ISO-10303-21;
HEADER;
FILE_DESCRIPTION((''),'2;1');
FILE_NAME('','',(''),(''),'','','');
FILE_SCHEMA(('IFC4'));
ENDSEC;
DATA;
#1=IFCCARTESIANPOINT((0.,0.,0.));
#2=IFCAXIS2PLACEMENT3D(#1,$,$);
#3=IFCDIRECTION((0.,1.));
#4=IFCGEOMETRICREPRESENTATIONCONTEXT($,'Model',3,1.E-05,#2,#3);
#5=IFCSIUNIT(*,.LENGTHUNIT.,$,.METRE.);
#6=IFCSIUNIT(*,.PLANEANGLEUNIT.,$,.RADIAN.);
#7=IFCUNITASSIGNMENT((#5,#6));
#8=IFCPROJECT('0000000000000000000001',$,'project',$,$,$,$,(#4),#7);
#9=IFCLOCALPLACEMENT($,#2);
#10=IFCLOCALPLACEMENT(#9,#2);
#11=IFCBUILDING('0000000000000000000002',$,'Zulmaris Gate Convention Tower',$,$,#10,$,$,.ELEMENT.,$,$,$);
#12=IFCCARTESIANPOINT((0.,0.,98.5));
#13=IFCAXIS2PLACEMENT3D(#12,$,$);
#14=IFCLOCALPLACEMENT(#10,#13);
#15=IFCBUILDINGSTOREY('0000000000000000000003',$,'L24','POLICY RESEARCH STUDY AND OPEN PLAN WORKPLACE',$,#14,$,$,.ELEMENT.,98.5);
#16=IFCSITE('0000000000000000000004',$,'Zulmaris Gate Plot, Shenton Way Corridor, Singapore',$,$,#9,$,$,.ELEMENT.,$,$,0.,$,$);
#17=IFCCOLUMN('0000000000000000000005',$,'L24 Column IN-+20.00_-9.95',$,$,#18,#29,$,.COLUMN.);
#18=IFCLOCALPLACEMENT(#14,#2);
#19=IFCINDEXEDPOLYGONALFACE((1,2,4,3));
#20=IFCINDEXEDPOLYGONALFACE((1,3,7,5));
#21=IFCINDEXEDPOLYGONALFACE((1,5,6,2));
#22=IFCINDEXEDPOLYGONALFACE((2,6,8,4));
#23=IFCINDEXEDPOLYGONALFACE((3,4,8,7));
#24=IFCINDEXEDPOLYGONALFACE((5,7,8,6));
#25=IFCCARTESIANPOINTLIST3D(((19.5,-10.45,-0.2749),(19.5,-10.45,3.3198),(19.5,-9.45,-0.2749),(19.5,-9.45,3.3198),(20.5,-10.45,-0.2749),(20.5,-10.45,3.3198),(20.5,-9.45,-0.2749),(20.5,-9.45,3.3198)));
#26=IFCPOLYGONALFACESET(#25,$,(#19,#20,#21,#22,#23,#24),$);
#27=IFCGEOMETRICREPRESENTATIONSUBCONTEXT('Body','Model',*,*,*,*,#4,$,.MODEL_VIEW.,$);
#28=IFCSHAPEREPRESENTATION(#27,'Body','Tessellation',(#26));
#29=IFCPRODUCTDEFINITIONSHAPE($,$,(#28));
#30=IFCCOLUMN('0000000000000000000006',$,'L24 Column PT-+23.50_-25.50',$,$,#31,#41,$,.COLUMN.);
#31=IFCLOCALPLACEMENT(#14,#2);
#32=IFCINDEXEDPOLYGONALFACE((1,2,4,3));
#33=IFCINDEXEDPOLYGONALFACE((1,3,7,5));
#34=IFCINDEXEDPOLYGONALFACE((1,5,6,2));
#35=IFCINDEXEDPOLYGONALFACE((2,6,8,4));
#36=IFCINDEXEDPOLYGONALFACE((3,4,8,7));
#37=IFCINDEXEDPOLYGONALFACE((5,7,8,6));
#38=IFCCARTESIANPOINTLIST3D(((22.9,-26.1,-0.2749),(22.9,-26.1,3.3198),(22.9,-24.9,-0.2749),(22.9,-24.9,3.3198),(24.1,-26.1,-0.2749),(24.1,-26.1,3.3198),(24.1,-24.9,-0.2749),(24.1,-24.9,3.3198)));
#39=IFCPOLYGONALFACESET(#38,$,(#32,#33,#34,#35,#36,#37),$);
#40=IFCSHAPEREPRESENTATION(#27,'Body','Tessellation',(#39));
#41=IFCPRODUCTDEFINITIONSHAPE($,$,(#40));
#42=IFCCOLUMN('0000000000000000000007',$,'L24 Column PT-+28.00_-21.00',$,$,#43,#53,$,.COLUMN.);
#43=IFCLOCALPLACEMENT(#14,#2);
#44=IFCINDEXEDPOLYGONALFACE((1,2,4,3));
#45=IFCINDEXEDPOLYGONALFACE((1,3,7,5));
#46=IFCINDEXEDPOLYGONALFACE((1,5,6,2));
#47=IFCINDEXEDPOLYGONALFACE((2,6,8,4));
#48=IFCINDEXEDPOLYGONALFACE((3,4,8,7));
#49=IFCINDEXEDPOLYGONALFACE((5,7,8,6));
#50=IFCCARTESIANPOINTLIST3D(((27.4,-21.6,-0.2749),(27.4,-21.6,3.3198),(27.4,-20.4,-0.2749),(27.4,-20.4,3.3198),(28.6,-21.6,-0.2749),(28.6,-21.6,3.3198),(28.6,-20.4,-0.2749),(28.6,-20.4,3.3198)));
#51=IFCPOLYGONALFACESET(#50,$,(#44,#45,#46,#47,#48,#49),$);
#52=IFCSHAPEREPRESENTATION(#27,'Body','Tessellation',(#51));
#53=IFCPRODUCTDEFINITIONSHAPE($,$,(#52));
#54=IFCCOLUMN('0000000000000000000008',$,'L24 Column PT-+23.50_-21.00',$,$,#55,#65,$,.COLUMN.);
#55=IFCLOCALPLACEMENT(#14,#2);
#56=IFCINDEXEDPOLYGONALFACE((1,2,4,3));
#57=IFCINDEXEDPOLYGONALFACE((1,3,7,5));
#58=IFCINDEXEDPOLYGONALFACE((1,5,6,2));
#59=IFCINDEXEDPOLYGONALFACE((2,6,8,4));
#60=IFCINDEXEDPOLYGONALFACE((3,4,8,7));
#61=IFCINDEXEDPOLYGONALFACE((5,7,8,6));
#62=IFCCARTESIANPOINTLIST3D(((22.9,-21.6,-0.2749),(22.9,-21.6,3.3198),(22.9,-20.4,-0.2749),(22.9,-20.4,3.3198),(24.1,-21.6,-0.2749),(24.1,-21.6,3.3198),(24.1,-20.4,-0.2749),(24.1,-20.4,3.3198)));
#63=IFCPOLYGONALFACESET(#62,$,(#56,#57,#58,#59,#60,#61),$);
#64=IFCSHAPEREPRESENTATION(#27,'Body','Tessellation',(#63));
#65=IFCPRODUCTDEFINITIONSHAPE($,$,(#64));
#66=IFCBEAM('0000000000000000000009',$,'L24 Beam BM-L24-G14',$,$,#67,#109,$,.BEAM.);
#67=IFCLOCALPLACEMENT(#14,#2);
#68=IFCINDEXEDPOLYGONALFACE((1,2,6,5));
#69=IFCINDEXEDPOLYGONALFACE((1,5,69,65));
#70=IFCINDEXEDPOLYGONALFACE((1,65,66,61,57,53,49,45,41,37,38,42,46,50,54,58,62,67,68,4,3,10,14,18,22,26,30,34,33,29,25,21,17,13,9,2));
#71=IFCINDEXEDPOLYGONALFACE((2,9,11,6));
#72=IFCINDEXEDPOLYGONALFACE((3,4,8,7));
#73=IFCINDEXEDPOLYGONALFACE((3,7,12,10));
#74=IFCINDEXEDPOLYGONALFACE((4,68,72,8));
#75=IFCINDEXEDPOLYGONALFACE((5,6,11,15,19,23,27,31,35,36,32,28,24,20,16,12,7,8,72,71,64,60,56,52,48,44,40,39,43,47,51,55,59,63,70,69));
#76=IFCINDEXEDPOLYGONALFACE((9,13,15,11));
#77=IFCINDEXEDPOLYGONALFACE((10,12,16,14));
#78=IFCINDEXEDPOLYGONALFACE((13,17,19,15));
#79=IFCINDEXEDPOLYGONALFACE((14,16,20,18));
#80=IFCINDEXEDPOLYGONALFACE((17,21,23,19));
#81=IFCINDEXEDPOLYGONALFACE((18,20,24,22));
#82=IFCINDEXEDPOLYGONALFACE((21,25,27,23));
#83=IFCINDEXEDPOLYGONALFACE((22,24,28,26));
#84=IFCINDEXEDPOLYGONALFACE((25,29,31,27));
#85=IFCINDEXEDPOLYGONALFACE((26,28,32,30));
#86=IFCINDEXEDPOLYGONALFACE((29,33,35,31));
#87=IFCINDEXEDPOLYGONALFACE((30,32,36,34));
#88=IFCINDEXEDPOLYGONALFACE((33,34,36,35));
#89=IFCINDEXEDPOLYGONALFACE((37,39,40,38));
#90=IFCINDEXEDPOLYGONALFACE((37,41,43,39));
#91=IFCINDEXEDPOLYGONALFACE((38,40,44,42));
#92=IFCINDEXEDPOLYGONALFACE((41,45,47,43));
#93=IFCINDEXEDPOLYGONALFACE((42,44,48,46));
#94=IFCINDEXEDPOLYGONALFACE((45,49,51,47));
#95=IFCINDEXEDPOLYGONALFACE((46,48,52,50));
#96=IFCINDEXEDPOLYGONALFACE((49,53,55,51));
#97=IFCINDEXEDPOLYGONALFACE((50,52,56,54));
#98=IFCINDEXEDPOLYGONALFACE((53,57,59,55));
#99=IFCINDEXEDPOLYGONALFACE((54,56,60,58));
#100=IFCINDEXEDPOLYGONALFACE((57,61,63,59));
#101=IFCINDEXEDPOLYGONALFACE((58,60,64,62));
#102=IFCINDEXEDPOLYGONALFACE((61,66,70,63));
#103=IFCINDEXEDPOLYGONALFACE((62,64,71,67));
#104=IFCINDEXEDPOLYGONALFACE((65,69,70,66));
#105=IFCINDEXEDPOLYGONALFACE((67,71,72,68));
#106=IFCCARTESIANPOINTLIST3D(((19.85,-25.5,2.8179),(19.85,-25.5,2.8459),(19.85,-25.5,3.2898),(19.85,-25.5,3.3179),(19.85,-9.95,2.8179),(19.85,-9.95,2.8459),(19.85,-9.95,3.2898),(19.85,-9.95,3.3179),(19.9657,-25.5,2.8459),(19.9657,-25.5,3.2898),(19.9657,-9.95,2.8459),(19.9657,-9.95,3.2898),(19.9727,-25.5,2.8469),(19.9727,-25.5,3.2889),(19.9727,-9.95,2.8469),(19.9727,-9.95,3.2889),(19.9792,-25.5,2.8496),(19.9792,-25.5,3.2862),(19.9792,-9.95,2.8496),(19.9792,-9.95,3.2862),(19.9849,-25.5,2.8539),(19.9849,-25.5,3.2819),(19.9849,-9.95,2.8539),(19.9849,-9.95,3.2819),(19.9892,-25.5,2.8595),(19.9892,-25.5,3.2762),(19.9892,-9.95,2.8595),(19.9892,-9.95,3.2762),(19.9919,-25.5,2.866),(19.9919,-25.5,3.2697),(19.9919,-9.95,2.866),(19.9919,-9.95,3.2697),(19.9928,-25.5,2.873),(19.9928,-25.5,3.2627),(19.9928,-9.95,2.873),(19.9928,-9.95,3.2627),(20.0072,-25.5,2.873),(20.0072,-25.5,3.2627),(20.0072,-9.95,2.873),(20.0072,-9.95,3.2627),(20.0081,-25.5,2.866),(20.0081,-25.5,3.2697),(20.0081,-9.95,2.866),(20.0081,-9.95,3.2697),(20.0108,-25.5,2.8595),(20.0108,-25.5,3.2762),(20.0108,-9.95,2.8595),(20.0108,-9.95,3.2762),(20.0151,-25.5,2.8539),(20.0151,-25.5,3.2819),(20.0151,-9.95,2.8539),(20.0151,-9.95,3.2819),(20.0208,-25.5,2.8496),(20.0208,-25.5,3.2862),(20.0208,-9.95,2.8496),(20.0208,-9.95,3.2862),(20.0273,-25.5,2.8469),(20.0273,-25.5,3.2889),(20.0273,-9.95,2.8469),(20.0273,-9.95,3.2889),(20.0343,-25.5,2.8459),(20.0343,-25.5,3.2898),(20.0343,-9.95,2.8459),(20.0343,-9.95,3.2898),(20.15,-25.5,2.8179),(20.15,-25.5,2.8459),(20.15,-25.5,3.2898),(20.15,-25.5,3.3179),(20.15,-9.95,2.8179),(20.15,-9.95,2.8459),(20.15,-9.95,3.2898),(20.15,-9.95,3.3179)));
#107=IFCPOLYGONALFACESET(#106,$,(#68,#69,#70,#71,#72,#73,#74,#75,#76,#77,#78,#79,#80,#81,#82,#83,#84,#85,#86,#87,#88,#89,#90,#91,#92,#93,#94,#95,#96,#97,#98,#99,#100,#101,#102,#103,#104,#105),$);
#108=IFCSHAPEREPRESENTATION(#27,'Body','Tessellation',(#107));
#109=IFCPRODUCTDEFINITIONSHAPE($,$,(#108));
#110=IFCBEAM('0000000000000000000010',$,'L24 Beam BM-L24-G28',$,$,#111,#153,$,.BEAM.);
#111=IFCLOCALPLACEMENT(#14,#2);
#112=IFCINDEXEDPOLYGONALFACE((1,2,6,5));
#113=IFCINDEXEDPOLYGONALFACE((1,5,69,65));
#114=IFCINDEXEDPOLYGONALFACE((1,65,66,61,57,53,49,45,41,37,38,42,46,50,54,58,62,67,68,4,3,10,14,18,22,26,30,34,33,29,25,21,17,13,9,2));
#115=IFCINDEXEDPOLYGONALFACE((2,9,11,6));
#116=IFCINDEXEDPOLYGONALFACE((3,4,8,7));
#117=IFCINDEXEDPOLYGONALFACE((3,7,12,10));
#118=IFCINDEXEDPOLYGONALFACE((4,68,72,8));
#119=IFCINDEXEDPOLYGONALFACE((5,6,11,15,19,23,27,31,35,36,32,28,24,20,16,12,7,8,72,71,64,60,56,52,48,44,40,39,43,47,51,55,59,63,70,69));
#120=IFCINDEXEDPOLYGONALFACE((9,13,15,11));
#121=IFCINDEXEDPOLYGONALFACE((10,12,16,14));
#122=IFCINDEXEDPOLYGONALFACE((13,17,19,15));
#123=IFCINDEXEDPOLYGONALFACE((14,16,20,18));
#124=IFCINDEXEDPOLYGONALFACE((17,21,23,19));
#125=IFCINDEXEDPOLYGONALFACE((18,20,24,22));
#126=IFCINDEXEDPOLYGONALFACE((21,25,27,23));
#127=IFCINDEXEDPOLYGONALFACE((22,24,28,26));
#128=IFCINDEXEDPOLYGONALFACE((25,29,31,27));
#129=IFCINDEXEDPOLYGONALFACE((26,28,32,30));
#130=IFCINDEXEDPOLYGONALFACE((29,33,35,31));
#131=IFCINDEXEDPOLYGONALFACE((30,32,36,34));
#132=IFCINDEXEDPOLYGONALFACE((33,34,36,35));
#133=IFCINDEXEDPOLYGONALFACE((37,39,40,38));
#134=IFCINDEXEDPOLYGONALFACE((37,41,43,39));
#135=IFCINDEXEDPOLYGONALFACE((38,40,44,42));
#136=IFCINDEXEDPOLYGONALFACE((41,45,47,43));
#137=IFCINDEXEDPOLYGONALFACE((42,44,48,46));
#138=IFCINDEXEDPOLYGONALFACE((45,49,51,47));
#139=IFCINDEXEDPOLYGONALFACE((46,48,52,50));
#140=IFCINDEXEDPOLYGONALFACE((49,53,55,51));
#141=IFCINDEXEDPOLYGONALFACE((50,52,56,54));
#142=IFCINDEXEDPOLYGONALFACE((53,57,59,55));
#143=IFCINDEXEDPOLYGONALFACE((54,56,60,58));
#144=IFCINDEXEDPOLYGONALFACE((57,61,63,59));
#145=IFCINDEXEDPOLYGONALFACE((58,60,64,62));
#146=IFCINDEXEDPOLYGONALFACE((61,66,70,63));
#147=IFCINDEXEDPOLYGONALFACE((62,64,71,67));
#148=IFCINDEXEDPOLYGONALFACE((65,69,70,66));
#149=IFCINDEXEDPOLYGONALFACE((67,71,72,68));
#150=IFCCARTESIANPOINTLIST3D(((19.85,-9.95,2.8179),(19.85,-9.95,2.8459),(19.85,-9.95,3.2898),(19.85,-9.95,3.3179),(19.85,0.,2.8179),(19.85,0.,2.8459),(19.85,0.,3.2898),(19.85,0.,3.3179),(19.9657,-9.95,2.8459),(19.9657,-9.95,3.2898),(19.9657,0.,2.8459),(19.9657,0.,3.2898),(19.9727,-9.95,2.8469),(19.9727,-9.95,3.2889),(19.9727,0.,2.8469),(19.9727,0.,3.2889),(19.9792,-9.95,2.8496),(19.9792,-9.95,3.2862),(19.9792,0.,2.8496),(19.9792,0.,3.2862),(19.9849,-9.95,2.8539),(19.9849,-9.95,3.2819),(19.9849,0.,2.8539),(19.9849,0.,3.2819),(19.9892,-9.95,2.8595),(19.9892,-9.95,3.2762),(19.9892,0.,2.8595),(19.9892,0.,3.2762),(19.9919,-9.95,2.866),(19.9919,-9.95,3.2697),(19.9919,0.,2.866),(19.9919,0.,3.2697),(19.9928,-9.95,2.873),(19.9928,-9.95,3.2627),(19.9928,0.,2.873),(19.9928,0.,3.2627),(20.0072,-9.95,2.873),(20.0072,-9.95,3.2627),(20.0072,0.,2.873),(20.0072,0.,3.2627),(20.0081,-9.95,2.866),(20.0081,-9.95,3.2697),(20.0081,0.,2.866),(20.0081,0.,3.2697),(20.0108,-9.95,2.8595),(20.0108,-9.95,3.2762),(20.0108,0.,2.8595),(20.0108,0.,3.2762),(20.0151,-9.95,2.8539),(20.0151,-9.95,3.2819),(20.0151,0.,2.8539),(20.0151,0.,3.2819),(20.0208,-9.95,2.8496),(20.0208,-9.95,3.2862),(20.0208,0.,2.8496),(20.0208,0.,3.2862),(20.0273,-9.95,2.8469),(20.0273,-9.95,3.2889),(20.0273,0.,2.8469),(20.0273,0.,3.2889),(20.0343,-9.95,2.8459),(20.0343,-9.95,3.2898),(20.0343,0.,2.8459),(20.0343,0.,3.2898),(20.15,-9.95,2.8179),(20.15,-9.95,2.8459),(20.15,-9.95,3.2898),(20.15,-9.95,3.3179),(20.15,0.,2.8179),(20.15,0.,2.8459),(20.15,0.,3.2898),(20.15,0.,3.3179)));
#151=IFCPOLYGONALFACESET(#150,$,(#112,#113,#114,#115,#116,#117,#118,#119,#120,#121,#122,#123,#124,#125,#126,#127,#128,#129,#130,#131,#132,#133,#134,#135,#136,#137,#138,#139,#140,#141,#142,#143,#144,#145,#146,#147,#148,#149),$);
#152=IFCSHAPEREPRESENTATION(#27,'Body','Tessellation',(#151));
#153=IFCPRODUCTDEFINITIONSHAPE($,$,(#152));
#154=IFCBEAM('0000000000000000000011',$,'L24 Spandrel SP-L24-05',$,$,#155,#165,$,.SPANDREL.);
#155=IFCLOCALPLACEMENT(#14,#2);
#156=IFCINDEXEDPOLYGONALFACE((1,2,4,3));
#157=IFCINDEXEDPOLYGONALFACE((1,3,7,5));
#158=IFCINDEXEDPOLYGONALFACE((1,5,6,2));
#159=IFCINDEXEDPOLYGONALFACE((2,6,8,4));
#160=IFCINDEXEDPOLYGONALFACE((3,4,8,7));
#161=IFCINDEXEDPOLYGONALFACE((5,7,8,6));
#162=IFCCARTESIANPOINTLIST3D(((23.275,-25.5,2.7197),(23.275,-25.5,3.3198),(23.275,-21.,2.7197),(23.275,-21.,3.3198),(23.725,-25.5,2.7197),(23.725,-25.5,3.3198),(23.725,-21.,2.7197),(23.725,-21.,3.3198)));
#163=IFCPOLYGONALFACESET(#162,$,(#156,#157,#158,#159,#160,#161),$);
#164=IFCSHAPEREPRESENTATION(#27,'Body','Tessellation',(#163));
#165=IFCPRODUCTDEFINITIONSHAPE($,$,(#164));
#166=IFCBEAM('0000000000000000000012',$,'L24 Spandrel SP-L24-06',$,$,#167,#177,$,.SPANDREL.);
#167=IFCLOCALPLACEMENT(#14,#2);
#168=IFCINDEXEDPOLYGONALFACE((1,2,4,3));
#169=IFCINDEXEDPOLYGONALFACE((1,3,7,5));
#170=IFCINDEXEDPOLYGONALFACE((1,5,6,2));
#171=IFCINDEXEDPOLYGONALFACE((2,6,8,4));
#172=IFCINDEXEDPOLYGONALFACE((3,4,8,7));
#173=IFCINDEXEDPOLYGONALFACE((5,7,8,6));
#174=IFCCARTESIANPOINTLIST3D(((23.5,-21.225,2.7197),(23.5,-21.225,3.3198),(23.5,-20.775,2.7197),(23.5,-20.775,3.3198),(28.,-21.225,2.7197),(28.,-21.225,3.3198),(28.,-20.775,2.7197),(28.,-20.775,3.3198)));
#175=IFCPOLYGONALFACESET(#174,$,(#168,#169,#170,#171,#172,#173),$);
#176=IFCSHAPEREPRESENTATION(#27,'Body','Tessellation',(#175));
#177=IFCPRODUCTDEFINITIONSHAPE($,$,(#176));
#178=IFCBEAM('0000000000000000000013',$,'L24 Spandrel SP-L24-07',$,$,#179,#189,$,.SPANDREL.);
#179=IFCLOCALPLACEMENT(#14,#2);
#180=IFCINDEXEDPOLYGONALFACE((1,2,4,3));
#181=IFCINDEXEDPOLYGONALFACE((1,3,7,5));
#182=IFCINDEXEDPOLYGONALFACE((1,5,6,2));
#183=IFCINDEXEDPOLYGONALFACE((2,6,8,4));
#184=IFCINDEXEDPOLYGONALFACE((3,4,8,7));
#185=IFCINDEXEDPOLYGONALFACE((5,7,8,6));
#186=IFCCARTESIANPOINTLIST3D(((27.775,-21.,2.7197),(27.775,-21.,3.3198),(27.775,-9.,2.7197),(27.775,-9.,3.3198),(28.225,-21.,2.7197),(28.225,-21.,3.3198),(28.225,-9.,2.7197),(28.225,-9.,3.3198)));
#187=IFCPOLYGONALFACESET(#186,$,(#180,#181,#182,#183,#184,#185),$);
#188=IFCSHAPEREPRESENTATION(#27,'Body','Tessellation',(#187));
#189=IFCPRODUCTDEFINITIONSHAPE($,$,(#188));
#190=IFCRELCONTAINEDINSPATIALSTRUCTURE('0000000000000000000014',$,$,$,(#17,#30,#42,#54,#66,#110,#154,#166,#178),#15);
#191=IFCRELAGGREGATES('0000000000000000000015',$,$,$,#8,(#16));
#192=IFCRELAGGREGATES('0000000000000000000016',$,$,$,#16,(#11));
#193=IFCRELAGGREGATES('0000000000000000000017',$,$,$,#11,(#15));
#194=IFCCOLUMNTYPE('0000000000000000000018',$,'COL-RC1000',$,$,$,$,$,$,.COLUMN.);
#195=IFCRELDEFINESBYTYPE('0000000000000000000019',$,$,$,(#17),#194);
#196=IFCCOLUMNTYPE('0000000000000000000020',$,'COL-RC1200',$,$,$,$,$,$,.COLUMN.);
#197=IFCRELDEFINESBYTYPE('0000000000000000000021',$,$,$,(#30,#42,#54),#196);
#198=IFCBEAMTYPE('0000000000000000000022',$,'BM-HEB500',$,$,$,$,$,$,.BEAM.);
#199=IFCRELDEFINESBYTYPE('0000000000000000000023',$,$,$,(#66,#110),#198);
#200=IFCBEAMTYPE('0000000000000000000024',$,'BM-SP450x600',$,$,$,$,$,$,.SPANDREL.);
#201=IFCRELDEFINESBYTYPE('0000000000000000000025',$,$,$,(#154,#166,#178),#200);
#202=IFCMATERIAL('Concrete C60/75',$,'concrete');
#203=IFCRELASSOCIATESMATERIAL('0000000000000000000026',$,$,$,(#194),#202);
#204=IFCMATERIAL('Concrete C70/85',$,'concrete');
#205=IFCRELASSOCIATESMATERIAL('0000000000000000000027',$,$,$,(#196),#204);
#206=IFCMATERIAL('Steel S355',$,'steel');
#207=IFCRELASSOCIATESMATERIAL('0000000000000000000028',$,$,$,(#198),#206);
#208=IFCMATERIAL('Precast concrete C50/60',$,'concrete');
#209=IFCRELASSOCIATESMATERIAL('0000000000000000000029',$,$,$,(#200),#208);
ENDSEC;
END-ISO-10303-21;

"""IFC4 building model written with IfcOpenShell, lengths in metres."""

from ifc_helpers import new_model, si_unit, direction, frame, origin, origin_2d, place, context, subcontext, project, spatial, rectangle, i_section, extrude, material, material_profile, profile_set, type_object, element, save


model = new_model("IFC4")

# Units and contexts
model_context = context("Model", 3, precision=1e-05, world=origin(), true_north=direction((0.0, 1.0)))
body_context = subcontext(model_context, "Body", "Model", "MODEL_VIEW")
ifc_project = project(units=[si_unit("LENGTHUNIT", "METRE"), si_unit("PLANEANGLEUNIT", "RADIAN")], contexts=[model_context])

# Site, building, storey
site_placement = place(None, origin())
site = spatial("IfcSite", under=ifc_project, at=site_placement, Name="Zulmaris Gate Plot, Shenton Way Corridor, Singapore", CompositionType="ELEMENT", RefElevation=0.0)
building_placement = place(site_placement, origin())
building = spatial("IfcBuilding", under=site, at=building_placement, Name="Zulmaris Gate Convention Tower", CompositionType="ELEMENT")
storey_placement = place(building_placement, frame((0.0, 0.0, 98.5)))
storey = spatial("IfcBuildingStorey", under=building, at=storey_placement, Name="L24", Description="POLICY RESEARCH STUDY AND OPEN PLAN WORKPLACE", CompositionType="ELEMENT", Elevation=98.5)

# Columns
ifc_material_1 = material(Name="Concrete C60/75", Category="concrete")
ifc_material_profile_1 = material_profile(ifc_material_1, rectangle(XDim=1.0, YDim=1.0, at=origin_2d()), Name="RC COL 1000x1000")
ifc_profile_set_1 = profile_set([ifc_material_profile_1], Name="Concrete C60/75")
column_type_1 = type_object("IfcColumnType", Name="COL-RC1000", PredefinedType="COLUMN", material=ifc_profile_set_1)
column_placement = place(storey_placement, frame((20.0, -9.95, -0.2749), z_axis=(0.0, 0.0, 1.0), x_axis=(1.0, 0.0, 0.0)))
element("IfcColumn", 1, at=column_placement, inside=storey, type_object=column_type_1, Name="L24 Column IN-+20.00_-9.95", PredefinedType="COLUMN", context=body_context, shape_type="SweptSolid", body=[
    extrude(rectangle(XDim=1.0, YDim=1.0, at=origin_2d()), origin(), (0.0, 0.0, 1.0), 3.5947),
])
ifc_material_2 = material(Name="Concrete C70/85", Category="concrete")
ifc_material_profile_2 = material_profile(ifc_material_2, rectangle(XDim=1.2, YDim=1.2, at=origin_2d()), Name="RC COL 1200x1200")
ifc_profile_set_2 = profile_set([ifc_material_profile_2], Name="Concrete C70/85")
column_type_2 = type_object("IfcColumnType", Name="COL-RC1200", PredefinedType="COLUMN", material=ifc_profile_set_2)
for number, where, z_axis, x_axis, name in (
    (2, (23.5, -25.5, -0.2749), (0.0, 0.0, 1.0), (1.0, 0.0, 0.0), "L24 Column PT-+23.50_-25.50"),
    (3, (28.0, -21.0, -0.2749), (0.0, 0.0, 1.0), (1.0, 0.0, 0.0), "L24 Column PT-+28.00_-21.00"),
    (4, (23.5, -21.0, -0.2749), (0.0, 0.0, 1.0), (1.0, 0.0, 0.0), "L24 Column PT-+23.50_-21.00"),
):
    element("IfcColumn", number, at=place(storey_placement, frame(where, z_axis=z_axis, x_axis=x_axis)), inside=storey, type_object=column_type_2, Name=name, PredefinedType="COLUMN", context=body_context, shape_type="SweptSolid", body=[
        extrude(rectangle(XDim=1.2, YDim=1.2, at=origin_2d()), origin(), (0.0, 0.0, 1.0), 3.5947),
    ])

# Beams
ifc_material_3 = material(Name="Steel S355", Category="steel")
ifc_material_profile_3 = material_profile(ifc_material_3, i_section(OverallWidth=0.3, OverallDepth=0.5, WebThickness=0.0144, FlangeThickness=0.0281, FilletRadius=0.0271, at=origin_2d()), Name="HEB 500")
ifc_profile_set_3 = profile_set([ifc_material_profile_3], Name="Steel S355")
beam_type_1 = type_object("IfcBeamType", Name="BM-HEB500", PredefinedType="BEAM", material=ifc_profile_set_3)
beam_1_placement = place(storey_placement, frame((20.0, -25.5, 3.0679), z_axis=(0.0, 1.0, 0.0), x_axis=(-1.0, 0.0, 0.0)))
element("IfcBeam", 5, at=beam_1_placement, inside=storey, type_object=beam_type_1, Name="L24 Beam BM-L24-G14", PredefinedType="BEAM", context=body_context, shape_type="SweptSolid", body=[
    extrude(i_section(OverallWidth=0.3, OverallDepth=0.5, WebThickness=0.0144, FlangeThickness=0.0281, FilletRadius=0.0271, at=origin_2d()), origin(), (0.0, 0.0, 1.0), 15.55),
])
beam_2_placement = place(storey_placement, frame((20.0, -9.95, 3.0679), z_axis=(0.0, 1.0, 0.0), x_axis=(-1.0, 0.0, 0.0)))
element("IfcBeam", 6, at=beam_2_placement, inside=storey, type_object=beam_type_1, Name="L24 Beam BM-L24-G28", PredefinedType="BEAM", context=body_context, shape_type="SweptSolid", body=[
    extrude(i_section(OverallWidth=0.3, OverallDepth=0.5, WebThickness=0.0144, FlangeThickness=0.0281, FilletRadius=0.0271, at=origin_2d()), origin(), (0.0, 0.0, 1.0), 9.95),
])
ifc_material_4 = material(Name="Precast concrete C50/60", Category="concrete")
ifc_material_profile_4 = material_profile(ifc_material_4, rectangle(XDim=0.45, YDim=0.6001, at=origin_2d()), Name="RC SPANDREL 450x600")
ifc_profile_set_4 = profile_set([ifc_material_profile_4], Name="Precast concrete C50/60")
beam_type_2 = type_object("IfcBeamType", Name="BM-SP450x600", PredefinedType="SPANDREL", material=ifc_profile_set_4)
for number, where, z_axis, x_axis, name in (
    (7, (23.5, -25.5, 3.0198), (0.0, 1.0, 0.0), (-1.0, 0.0, 0.0), "L24 Spandrel SP-L24-05"),
    (8, (23.5, -21.0, 3.0198), (1.0, 0.0, 0.0), (0.0, 1.0, 0.0), "L24 Spandrel SP-L24-06"),
):
    element("IfcBeam", number, at=place(storey_placement, frame(where, z_axis=z_axis, x_axis=x_axis)), inside=storey, type_object=beam_type_2, Name=name, PredefinedType="SPANDREL", context=body_context, shape_type="SweptSolid", body=[
        extrude(rectangle(XDim=0.45, YDim=0.6001, at=origin_2d()), origin(), (0.0, 0.0, 1.0), 4.5),
    ])
beam_3_placement = place(storey_placement, frame((28.0, -21.0, 3.0198), z_axis=(0.0, 1.0, 0.0), x_axis=(-1.0, 0.0, 0.0)))
element("IfcBeam", 9, at=beam_3_placement, inside=storey, type_object=beam_type_2, Name="L24 Spandrel SP-L24-07", PredefinedType="SPANDREL", context=body_context, shape_type="SweptSolid", body=[
    extrude(rectangle(XDim=0.45, YDim=0.6001, at=origin_2d()), origin(), (0.0, 0.0, 1.0), 12.0),
])

save(model, "model.ifc")
